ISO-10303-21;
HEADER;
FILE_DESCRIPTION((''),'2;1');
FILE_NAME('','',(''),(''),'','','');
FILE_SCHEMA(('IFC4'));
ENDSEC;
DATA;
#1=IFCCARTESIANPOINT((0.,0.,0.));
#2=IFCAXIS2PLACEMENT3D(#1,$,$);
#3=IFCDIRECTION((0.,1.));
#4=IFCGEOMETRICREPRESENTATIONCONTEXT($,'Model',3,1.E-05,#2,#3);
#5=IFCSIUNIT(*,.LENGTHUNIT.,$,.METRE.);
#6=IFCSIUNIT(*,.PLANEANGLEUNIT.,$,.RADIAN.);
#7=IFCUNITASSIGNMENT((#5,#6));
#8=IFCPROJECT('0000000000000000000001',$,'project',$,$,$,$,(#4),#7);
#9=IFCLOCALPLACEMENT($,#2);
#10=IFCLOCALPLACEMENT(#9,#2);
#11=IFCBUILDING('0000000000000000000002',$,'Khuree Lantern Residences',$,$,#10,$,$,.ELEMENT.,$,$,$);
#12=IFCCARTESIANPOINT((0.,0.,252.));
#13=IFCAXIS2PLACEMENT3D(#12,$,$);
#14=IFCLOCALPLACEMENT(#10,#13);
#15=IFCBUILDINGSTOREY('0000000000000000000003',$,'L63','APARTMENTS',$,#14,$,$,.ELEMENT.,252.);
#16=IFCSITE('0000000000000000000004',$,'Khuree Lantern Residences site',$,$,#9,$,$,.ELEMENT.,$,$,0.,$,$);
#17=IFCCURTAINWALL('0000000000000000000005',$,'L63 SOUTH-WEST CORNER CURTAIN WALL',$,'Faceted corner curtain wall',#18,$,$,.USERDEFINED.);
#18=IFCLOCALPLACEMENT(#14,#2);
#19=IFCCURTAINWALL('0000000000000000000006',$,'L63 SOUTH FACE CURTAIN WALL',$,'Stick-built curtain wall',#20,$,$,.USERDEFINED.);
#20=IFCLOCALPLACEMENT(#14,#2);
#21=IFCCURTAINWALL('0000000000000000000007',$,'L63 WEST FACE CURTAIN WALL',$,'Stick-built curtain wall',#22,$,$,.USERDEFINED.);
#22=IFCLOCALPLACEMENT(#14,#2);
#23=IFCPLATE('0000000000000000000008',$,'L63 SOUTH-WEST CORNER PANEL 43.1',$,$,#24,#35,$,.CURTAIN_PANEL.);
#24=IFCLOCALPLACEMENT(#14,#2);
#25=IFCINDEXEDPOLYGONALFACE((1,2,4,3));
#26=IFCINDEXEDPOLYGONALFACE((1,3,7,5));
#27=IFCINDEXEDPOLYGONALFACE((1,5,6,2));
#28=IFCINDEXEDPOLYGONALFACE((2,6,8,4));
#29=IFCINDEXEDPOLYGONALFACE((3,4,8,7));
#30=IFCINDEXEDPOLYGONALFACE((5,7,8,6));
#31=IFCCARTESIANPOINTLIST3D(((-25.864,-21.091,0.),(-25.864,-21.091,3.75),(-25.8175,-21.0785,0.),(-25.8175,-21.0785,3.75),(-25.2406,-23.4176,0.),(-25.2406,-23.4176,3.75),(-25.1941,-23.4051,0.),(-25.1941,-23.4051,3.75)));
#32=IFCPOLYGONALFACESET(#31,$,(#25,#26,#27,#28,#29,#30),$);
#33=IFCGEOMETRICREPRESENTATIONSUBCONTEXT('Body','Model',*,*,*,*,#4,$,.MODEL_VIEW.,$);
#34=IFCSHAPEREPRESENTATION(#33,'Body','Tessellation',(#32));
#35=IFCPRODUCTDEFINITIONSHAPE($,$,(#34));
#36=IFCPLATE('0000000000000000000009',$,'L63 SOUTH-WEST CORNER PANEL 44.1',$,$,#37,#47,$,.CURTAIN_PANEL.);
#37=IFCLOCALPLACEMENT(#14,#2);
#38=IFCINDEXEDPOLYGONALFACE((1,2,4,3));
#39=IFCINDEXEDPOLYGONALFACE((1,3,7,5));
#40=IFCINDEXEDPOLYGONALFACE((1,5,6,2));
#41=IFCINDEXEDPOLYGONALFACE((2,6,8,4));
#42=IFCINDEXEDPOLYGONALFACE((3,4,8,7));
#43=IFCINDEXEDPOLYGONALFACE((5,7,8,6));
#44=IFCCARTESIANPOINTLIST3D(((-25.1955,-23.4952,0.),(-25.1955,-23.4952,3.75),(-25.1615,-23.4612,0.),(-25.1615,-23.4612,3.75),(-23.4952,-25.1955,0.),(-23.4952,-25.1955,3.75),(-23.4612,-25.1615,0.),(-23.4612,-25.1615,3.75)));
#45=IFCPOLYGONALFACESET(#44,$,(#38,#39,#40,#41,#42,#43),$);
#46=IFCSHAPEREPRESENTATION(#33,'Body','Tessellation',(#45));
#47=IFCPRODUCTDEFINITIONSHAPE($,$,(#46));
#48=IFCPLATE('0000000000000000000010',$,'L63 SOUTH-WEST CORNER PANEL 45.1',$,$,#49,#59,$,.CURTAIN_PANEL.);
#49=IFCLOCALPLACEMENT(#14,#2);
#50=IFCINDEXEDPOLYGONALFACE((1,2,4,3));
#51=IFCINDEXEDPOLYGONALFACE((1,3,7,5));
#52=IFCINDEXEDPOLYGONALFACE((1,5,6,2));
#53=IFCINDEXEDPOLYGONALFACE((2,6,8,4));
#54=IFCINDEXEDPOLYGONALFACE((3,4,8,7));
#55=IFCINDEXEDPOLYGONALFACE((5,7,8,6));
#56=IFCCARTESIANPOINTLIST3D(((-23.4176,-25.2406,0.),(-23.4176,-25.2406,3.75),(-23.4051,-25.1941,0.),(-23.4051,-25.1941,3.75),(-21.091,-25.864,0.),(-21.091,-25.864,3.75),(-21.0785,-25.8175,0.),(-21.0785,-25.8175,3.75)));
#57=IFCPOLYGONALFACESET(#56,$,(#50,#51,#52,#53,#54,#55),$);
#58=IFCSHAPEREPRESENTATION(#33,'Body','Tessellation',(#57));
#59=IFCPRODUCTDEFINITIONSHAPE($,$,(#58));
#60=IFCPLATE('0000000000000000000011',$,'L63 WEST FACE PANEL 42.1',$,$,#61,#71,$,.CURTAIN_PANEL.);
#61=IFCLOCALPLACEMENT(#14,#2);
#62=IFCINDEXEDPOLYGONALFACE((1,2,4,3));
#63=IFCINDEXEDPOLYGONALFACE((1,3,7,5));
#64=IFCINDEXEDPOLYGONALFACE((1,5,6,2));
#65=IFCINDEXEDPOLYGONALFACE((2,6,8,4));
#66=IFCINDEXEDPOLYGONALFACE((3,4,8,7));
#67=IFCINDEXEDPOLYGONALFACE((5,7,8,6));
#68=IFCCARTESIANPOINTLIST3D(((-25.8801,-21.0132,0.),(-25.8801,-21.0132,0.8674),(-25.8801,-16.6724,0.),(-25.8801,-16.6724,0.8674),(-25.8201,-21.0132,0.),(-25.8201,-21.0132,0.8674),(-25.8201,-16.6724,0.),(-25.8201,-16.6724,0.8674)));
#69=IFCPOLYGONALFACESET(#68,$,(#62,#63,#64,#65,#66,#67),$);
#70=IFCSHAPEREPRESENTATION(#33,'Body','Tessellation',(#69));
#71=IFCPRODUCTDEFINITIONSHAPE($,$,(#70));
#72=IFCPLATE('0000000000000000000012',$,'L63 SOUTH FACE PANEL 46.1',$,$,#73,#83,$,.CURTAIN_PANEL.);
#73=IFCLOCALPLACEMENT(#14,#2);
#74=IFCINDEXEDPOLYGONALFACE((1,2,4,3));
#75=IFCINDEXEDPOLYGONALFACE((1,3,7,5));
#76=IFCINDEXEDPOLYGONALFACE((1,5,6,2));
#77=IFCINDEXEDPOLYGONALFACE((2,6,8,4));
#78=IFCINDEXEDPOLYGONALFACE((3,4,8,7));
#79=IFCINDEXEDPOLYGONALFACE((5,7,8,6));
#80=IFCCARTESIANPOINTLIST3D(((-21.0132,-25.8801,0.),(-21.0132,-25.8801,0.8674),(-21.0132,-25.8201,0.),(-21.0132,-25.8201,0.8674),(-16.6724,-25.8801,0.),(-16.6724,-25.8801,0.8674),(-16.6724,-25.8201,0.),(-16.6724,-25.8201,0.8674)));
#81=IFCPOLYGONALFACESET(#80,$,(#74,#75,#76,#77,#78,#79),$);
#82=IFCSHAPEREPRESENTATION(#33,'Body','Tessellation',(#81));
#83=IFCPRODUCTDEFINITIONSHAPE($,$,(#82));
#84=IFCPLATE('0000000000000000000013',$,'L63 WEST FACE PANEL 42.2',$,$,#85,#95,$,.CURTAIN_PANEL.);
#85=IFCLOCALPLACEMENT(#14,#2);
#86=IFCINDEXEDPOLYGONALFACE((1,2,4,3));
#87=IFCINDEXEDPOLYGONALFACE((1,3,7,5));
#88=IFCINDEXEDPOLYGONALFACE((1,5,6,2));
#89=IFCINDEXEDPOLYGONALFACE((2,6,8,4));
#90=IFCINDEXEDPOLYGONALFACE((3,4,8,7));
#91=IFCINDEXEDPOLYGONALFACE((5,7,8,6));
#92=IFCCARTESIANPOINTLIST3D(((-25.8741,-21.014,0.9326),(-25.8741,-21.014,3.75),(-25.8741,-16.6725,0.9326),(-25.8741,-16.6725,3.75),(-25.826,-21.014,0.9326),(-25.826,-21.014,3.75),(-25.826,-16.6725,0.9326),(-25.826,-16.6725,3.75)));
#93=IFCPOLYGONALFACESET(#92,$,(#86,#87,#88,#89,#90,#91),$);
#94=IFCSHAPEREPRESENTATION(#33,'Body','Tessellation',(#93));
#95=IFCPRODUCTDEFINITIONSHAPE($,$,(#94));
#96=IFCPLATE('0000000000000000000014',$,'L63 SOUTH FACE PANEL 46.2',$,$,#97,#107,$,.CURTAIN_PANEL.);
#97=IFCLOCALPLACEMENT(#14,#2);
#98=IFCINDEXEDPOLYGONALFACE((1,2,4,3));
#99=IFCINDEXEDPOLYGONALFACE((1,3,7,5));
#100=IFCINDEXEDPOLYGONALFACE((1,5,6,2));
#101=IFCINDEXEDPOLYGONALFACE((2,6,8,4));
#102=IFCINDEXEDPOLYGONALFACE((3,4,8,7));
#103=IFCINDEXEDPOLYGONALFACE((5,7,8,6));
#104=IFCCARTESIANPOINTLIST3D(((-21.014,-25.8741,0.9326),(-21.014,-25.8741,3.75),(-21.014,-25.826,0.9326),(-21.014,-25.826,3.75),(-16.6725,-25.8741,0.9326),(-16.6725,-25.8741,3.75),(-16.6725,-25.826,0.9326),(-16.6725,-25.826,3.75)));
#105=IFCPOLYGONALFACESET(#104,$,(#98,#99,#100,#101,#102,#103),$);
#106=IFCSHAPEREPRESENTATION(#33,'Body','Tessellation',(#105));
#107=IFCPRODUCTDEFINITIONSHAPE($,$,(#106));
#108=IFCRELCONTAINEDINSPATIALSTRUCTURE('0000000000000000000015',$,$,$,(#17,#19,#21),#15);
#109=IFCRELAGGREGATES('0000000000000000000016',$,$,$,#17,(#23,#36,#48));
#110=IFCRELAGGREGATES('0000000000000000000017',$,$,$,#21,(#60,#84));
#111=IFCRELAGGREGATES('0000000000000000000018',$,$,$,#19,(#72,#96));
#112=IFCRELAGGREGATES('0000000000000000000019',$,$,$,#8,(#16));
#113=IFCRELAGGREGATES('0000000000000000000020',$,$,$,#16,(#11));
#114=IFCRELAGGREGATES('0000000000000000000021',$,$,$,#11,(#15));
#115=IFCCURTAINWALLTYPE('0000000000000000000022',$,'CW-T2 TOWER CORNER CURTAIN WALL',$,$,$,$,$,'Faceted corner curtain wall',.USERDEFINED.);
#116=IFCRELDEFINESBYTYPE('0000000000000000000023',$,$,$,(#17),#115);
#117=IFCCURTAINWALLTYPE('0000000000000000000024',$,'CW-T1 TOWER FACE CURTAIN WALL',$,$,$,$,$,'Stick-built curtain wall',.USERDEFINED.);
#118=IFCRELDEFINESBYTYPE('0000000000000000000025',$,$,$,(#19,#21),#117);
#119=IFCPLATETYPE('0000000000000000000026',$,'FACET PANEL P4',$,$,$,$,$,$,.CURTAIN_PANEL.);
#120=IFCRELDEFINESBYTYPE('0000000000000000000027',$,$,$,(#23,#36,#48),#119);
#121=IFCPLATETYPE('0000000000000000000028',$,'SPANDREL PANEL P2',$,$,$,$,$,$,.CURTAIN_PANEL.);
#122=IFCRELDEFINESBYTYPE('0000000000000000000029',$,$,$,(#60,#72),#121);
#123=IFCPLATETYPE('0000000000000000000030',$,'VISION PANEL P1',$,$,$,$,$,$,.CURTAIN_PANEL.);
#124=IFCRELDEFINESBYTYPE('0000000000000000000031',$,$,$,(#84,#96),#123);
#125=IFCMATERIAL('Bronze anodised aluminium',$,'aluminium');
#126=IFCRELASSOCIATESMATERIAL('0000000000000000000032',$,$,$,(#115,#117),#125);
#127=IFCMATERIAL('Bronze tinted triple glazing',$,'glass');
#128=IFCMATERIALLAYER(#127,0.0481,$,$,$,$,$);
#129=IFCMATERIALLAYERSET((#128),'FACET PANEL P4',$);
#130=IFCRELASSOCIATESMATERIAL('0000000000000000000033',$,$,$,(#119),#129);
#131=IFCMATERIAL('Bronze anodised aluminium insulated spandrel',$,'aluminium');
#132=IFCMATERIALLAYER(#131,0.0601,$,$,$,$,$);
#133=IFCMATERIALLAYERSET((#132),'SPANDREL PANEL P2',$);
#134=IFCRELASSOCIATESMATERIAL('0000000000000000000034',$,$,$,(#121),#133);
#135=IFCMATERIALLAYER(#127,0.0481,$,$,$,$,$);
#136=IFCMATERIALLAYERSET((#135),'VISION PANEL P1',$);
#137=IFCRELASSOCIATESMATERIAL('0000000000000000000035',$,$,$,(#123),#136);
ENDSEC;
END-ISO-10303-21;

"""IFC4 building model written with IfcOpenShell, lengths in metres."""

from ifc_helpers import new_model, si_unit, direction, frame, origin, origin_2d, place, context, subcontext, project, spatial, rectangle, extrude, material, layer, layer_set, type_object, element, aggregate, save


model = new_model("IFC4")

# Units and contexts
model_context = context("Model", 3, precision=1e-05, world=origin(), true_north=direction((0.0, 1.0)))
body_context = subcontext(model_context, "Body", "Model", "MODEL_VIEW")
ifc_project = project(units=[si_unit("LENGTHUNIT", "METRE"), si_unit("PLANEANGLEUNIT", "RADIAN")], contexts=[model_context])

# Site, building, storey
site_placement = place(None, origin())
site = spatial("IfcSite", under=ifc_project, at=site_placement, Name="Khuree Lantern Residences site", CompositionType="ELEMENT", RefElevation=0.0)
building_placement = place(site_placement, origin())
building = spatial("IfcBuilding", under=site, at=building_placement, Name="Khuree Lantern Residences", CompositionType="ELEMENT")
storey_placement = place(building_placement, frame((0.0, 0.0, 252.0)))
storey = spatial("IfcBuildingStorey", under=building, at=storey_placement, Name="L63", Description="APARTMENTS", CompositionType="ELEMENT", Elevation=252.0)

# Curtain walls
ifc_material_1 = material(Name="Bronze anodised aluminium", Category="aluminium")
curtain_wall_type_1 = type_object("IfcCurtainWallType", Name="CW-T2 TOWER CORNER CURTAIN WALL", ElementType="Faceted corner curtain wall", PredefinedType="USERDEFINED", material=ifc_material_1)
curtain_wall_1_placement = place(storey_placement, origin())
curtain_wall_1 = element("IfcCurtainWall", 1, at=curtain_wall_1_placement, inside=storey, type_object=curtain_wall_type_1, Name="L63 SOUTH-WEST CORNER CURTAIN WALL", ObjectType="Faceted corner curtain wall", PredefinedType="USERDEFINED")
curtain_wall_type_2 = type_object("IfcCurtainWallType", Name="CW-T1 TOWER FACE CURTAIN WALL", ElementType="Stick-built curtain wall", PredefinedType="USERDEFINED", material=ifc_material_1)
curtain_wall_2_placement = place(storey_placement, origin())
curtain_wall_2 = element("IfcCurtainWall", 2, at=curtain_wall_2_placement, inside=storey, type_object=curtain_wall_type_2, Name="L63 SOUTH FACE CURTAIN WALL", ObjectType="Stick-built curtain wall", PredefinedType="USERDEFINED")

# Curtain wall
curtain_wall_3_placement = place(storey_placement, origin())
curtain_wall_3 = element("IfcCurtainWall", 3, at=curtain_wall_3_placement, inside=storey, type_object=curtain_wall_type_2, Name="L63 WEST FACE CURTAIN WALL", ObjectType="Stick-built curtain wall", PredefinedType="USERDEFINED")

# Plates
ifc_material_2 = material(Name="Bronze tinted triple glazing", Category="glass")
ifc_layer_1 = layer(ifc_material_2, 0.0481)
ifc_layer_set_1 = layer_set([ifc_layer_1], Name="FACET PANEL P4")
plate_type_1 = type_object("IfcPlateType", Name="FACET PANEL P4", PredefinedType="CURTAIN_PANEL", material=ifc_layer_set_1)
plate_1_placement = place(storey_placement, frame((-25.5291, -22.248, 0.0), z_axis=(0.0, 0.0, 1.0), x_axis=(0.258819, -0.965926, 0.0)))
plate_1 = element("IfcPlate", 4, at=plate_1_placement, type_object=plate_type_1, Name="L63 SOUTH-WEST CORNER PANEL 43.1", PredefinedType="CURTAIN_PANEL", context=body_context, shape_type="SweptSolid", body=[
    extrude(rectangle(XDim=2.4087, YDim=0.0481, at=origin_2d()), origin(), (0.0, 0.0, 1.0), 3.75),
])
plate_2_placement = place(storey_placement, frame((-24.3284, -24.3284, 0.0), z_axis=(0.0, 0.0, 1.0), x_axis=(0.707107, -0.707107, 0.0)))
plate_2 = element("IfcPlate", 5, at=plate_2_placement, type_object=plate_type_1, Name="L63 SOUTH-WEST CORNER PANEL 44.1", PredefinedType="CURTAIN_PANEL", context=body_context, shape_type="SweptSolid", body=[
    extrude(rectangle(XDim=2.4045, YDim=0.0481, at=origin_2d()), origin(), (0.0, 0.0, 1.0), 3.75),
])
plate_3_placement = place(storey_placement, frame((-22.248, -25.5291, 0.0), z_axis=(0.0, 0.0, 1.0), x_axis=(0.965926, -0.258819, 0.0)))
plate_3 = element("IfcPlate", 6, at=plate_3_placement, type_object=plate_type_1, Name="L63 SOUTH-WEST CORNER PANEL 45.1", PredefinedType="CURTAIN_PANEL", context=body_context, shape_type="SweptSolid", body=[
    extrude(rectangle(XDim=2.4087, YDim=0.0481, at=origin_2d()), origin(), (0.0, 0.0, 1.0), 3.75),
])
aggregate(curtain_wall_1, [plate_1, plate_2, plate_3])
ifc_material_3 = material(Name="Bronze anodised aluminium insulated spandrel", Category="aluminium")
ifc_layer_2 = layer(ifc_material_3, 0.0601)
ifc_layer_set_2 = layer_set([ifc_layer_2], Name="SPANDREL PANEL P2")
plate_type_2 = type_object("IfcPlateType", Name="SPANDREL PANEL P2", PredefinedType="CURTAIN_PANEL", material=ifc_layer_set_2)
plate_4_placement = place(storey_placement, frame((-25.8501, -18.8428, 0.0), z_axis=(0.0, 0.0, 1.0), x_axis=(0.0, -1.0, 0.0)))
plate_4 = element("IfcPlate", 7, at=plate_4_placement, type_object=plate_type_2, Name="L63 WEST FACE PANEL 42.1", PredefinedType="CURTAIN_PANEL", context=body_context, shape_type="SweptSolid", body=[
    extrude(rectangle(XDim=4.3408, YDim=0.0601, at=origin_2d()), origin(), (0.0, 0.0, 1.0), 0.8674),
])
plate_5_placement = place(storey_placement, frame((-18.8428, -25.8501, 0.0), z_axis=(0.0, 0.0, 1.0), x_axis=(1.0, 0.0, 0.0)))
plate_5 = element("IfcPlate", 8, at=plate_5_placement, type_object=plate_type_2, Name="L63 SOUTH FACE PANEL 46.1", PredefinedType="CURTAIN_PANEL", context=body_context, shape_type="SweptSolid", body=[
    extrude(rectangle(XDim=4.3408, YDim=0.0601, at=origin_2d()), origin(), (0.0, 0.0, 1.0), 0.8674),
])
ifc_layer_3 = layer(ifc_material_2, 0.0481)
ifc_layer_set_3 = layer_set([ifc_layer_3], Name="VISION PANEL P1")
plate_type_3 = type_object("IfcPlateType", Name="VISION PANEL P1", PredefinedType="CURTAIN_PANEL", material=ifc_layer_set_3)
plate_6_placement = place(storey_placement, frame((-25.8501, -18.8433, 0.9326), z_axis=(0.0, 0.0, 1.0), x_axis=(0.0, -1.0, 0.0)))
plate_6 = element("IfcPlate", 9, at=plate_6_placement, type_object=plate_type_3, Name="L63 WEST FACE PANEL 42.2", PredefinedType="CURTAIN_PANEL", context=body_context, shape_type="SweptSolid", body=[
    extrude(rectangle(XDim=4.3416, YDim=0.0481, at=origin_2d()), origin(), (0.0, 0.0, 1.0), 2.8174),
])
aggregate(curtain_wall_3, [plate_4, plate_6])
plate_7_placement = place(storey_placement, frame((-18.8433, -25.8501, 0.9326), z_axis=(0.0, 0.0, 1.0), x_axis=(1.0, 0.0, 0.0)))
plate_7 = element("IfcPlate", 10, at=plate_7_placement, type_object=plate_type_3, Name="L63 SOUTH FACE PANEL 46.2", PredefinedType="CURTAIN_PANEL", context=body_context, shape_type="SweptSolid", body=[
    extrude(rectangle(XDim=4.3416, YDim=0.0481, at=origin_2d()), origin(), (0.0, 0.0, 1.0), 2.8174),
])
aggregate(curtain_wall_2, [plate_5, plate_7])

save(model, "model.ifc")
